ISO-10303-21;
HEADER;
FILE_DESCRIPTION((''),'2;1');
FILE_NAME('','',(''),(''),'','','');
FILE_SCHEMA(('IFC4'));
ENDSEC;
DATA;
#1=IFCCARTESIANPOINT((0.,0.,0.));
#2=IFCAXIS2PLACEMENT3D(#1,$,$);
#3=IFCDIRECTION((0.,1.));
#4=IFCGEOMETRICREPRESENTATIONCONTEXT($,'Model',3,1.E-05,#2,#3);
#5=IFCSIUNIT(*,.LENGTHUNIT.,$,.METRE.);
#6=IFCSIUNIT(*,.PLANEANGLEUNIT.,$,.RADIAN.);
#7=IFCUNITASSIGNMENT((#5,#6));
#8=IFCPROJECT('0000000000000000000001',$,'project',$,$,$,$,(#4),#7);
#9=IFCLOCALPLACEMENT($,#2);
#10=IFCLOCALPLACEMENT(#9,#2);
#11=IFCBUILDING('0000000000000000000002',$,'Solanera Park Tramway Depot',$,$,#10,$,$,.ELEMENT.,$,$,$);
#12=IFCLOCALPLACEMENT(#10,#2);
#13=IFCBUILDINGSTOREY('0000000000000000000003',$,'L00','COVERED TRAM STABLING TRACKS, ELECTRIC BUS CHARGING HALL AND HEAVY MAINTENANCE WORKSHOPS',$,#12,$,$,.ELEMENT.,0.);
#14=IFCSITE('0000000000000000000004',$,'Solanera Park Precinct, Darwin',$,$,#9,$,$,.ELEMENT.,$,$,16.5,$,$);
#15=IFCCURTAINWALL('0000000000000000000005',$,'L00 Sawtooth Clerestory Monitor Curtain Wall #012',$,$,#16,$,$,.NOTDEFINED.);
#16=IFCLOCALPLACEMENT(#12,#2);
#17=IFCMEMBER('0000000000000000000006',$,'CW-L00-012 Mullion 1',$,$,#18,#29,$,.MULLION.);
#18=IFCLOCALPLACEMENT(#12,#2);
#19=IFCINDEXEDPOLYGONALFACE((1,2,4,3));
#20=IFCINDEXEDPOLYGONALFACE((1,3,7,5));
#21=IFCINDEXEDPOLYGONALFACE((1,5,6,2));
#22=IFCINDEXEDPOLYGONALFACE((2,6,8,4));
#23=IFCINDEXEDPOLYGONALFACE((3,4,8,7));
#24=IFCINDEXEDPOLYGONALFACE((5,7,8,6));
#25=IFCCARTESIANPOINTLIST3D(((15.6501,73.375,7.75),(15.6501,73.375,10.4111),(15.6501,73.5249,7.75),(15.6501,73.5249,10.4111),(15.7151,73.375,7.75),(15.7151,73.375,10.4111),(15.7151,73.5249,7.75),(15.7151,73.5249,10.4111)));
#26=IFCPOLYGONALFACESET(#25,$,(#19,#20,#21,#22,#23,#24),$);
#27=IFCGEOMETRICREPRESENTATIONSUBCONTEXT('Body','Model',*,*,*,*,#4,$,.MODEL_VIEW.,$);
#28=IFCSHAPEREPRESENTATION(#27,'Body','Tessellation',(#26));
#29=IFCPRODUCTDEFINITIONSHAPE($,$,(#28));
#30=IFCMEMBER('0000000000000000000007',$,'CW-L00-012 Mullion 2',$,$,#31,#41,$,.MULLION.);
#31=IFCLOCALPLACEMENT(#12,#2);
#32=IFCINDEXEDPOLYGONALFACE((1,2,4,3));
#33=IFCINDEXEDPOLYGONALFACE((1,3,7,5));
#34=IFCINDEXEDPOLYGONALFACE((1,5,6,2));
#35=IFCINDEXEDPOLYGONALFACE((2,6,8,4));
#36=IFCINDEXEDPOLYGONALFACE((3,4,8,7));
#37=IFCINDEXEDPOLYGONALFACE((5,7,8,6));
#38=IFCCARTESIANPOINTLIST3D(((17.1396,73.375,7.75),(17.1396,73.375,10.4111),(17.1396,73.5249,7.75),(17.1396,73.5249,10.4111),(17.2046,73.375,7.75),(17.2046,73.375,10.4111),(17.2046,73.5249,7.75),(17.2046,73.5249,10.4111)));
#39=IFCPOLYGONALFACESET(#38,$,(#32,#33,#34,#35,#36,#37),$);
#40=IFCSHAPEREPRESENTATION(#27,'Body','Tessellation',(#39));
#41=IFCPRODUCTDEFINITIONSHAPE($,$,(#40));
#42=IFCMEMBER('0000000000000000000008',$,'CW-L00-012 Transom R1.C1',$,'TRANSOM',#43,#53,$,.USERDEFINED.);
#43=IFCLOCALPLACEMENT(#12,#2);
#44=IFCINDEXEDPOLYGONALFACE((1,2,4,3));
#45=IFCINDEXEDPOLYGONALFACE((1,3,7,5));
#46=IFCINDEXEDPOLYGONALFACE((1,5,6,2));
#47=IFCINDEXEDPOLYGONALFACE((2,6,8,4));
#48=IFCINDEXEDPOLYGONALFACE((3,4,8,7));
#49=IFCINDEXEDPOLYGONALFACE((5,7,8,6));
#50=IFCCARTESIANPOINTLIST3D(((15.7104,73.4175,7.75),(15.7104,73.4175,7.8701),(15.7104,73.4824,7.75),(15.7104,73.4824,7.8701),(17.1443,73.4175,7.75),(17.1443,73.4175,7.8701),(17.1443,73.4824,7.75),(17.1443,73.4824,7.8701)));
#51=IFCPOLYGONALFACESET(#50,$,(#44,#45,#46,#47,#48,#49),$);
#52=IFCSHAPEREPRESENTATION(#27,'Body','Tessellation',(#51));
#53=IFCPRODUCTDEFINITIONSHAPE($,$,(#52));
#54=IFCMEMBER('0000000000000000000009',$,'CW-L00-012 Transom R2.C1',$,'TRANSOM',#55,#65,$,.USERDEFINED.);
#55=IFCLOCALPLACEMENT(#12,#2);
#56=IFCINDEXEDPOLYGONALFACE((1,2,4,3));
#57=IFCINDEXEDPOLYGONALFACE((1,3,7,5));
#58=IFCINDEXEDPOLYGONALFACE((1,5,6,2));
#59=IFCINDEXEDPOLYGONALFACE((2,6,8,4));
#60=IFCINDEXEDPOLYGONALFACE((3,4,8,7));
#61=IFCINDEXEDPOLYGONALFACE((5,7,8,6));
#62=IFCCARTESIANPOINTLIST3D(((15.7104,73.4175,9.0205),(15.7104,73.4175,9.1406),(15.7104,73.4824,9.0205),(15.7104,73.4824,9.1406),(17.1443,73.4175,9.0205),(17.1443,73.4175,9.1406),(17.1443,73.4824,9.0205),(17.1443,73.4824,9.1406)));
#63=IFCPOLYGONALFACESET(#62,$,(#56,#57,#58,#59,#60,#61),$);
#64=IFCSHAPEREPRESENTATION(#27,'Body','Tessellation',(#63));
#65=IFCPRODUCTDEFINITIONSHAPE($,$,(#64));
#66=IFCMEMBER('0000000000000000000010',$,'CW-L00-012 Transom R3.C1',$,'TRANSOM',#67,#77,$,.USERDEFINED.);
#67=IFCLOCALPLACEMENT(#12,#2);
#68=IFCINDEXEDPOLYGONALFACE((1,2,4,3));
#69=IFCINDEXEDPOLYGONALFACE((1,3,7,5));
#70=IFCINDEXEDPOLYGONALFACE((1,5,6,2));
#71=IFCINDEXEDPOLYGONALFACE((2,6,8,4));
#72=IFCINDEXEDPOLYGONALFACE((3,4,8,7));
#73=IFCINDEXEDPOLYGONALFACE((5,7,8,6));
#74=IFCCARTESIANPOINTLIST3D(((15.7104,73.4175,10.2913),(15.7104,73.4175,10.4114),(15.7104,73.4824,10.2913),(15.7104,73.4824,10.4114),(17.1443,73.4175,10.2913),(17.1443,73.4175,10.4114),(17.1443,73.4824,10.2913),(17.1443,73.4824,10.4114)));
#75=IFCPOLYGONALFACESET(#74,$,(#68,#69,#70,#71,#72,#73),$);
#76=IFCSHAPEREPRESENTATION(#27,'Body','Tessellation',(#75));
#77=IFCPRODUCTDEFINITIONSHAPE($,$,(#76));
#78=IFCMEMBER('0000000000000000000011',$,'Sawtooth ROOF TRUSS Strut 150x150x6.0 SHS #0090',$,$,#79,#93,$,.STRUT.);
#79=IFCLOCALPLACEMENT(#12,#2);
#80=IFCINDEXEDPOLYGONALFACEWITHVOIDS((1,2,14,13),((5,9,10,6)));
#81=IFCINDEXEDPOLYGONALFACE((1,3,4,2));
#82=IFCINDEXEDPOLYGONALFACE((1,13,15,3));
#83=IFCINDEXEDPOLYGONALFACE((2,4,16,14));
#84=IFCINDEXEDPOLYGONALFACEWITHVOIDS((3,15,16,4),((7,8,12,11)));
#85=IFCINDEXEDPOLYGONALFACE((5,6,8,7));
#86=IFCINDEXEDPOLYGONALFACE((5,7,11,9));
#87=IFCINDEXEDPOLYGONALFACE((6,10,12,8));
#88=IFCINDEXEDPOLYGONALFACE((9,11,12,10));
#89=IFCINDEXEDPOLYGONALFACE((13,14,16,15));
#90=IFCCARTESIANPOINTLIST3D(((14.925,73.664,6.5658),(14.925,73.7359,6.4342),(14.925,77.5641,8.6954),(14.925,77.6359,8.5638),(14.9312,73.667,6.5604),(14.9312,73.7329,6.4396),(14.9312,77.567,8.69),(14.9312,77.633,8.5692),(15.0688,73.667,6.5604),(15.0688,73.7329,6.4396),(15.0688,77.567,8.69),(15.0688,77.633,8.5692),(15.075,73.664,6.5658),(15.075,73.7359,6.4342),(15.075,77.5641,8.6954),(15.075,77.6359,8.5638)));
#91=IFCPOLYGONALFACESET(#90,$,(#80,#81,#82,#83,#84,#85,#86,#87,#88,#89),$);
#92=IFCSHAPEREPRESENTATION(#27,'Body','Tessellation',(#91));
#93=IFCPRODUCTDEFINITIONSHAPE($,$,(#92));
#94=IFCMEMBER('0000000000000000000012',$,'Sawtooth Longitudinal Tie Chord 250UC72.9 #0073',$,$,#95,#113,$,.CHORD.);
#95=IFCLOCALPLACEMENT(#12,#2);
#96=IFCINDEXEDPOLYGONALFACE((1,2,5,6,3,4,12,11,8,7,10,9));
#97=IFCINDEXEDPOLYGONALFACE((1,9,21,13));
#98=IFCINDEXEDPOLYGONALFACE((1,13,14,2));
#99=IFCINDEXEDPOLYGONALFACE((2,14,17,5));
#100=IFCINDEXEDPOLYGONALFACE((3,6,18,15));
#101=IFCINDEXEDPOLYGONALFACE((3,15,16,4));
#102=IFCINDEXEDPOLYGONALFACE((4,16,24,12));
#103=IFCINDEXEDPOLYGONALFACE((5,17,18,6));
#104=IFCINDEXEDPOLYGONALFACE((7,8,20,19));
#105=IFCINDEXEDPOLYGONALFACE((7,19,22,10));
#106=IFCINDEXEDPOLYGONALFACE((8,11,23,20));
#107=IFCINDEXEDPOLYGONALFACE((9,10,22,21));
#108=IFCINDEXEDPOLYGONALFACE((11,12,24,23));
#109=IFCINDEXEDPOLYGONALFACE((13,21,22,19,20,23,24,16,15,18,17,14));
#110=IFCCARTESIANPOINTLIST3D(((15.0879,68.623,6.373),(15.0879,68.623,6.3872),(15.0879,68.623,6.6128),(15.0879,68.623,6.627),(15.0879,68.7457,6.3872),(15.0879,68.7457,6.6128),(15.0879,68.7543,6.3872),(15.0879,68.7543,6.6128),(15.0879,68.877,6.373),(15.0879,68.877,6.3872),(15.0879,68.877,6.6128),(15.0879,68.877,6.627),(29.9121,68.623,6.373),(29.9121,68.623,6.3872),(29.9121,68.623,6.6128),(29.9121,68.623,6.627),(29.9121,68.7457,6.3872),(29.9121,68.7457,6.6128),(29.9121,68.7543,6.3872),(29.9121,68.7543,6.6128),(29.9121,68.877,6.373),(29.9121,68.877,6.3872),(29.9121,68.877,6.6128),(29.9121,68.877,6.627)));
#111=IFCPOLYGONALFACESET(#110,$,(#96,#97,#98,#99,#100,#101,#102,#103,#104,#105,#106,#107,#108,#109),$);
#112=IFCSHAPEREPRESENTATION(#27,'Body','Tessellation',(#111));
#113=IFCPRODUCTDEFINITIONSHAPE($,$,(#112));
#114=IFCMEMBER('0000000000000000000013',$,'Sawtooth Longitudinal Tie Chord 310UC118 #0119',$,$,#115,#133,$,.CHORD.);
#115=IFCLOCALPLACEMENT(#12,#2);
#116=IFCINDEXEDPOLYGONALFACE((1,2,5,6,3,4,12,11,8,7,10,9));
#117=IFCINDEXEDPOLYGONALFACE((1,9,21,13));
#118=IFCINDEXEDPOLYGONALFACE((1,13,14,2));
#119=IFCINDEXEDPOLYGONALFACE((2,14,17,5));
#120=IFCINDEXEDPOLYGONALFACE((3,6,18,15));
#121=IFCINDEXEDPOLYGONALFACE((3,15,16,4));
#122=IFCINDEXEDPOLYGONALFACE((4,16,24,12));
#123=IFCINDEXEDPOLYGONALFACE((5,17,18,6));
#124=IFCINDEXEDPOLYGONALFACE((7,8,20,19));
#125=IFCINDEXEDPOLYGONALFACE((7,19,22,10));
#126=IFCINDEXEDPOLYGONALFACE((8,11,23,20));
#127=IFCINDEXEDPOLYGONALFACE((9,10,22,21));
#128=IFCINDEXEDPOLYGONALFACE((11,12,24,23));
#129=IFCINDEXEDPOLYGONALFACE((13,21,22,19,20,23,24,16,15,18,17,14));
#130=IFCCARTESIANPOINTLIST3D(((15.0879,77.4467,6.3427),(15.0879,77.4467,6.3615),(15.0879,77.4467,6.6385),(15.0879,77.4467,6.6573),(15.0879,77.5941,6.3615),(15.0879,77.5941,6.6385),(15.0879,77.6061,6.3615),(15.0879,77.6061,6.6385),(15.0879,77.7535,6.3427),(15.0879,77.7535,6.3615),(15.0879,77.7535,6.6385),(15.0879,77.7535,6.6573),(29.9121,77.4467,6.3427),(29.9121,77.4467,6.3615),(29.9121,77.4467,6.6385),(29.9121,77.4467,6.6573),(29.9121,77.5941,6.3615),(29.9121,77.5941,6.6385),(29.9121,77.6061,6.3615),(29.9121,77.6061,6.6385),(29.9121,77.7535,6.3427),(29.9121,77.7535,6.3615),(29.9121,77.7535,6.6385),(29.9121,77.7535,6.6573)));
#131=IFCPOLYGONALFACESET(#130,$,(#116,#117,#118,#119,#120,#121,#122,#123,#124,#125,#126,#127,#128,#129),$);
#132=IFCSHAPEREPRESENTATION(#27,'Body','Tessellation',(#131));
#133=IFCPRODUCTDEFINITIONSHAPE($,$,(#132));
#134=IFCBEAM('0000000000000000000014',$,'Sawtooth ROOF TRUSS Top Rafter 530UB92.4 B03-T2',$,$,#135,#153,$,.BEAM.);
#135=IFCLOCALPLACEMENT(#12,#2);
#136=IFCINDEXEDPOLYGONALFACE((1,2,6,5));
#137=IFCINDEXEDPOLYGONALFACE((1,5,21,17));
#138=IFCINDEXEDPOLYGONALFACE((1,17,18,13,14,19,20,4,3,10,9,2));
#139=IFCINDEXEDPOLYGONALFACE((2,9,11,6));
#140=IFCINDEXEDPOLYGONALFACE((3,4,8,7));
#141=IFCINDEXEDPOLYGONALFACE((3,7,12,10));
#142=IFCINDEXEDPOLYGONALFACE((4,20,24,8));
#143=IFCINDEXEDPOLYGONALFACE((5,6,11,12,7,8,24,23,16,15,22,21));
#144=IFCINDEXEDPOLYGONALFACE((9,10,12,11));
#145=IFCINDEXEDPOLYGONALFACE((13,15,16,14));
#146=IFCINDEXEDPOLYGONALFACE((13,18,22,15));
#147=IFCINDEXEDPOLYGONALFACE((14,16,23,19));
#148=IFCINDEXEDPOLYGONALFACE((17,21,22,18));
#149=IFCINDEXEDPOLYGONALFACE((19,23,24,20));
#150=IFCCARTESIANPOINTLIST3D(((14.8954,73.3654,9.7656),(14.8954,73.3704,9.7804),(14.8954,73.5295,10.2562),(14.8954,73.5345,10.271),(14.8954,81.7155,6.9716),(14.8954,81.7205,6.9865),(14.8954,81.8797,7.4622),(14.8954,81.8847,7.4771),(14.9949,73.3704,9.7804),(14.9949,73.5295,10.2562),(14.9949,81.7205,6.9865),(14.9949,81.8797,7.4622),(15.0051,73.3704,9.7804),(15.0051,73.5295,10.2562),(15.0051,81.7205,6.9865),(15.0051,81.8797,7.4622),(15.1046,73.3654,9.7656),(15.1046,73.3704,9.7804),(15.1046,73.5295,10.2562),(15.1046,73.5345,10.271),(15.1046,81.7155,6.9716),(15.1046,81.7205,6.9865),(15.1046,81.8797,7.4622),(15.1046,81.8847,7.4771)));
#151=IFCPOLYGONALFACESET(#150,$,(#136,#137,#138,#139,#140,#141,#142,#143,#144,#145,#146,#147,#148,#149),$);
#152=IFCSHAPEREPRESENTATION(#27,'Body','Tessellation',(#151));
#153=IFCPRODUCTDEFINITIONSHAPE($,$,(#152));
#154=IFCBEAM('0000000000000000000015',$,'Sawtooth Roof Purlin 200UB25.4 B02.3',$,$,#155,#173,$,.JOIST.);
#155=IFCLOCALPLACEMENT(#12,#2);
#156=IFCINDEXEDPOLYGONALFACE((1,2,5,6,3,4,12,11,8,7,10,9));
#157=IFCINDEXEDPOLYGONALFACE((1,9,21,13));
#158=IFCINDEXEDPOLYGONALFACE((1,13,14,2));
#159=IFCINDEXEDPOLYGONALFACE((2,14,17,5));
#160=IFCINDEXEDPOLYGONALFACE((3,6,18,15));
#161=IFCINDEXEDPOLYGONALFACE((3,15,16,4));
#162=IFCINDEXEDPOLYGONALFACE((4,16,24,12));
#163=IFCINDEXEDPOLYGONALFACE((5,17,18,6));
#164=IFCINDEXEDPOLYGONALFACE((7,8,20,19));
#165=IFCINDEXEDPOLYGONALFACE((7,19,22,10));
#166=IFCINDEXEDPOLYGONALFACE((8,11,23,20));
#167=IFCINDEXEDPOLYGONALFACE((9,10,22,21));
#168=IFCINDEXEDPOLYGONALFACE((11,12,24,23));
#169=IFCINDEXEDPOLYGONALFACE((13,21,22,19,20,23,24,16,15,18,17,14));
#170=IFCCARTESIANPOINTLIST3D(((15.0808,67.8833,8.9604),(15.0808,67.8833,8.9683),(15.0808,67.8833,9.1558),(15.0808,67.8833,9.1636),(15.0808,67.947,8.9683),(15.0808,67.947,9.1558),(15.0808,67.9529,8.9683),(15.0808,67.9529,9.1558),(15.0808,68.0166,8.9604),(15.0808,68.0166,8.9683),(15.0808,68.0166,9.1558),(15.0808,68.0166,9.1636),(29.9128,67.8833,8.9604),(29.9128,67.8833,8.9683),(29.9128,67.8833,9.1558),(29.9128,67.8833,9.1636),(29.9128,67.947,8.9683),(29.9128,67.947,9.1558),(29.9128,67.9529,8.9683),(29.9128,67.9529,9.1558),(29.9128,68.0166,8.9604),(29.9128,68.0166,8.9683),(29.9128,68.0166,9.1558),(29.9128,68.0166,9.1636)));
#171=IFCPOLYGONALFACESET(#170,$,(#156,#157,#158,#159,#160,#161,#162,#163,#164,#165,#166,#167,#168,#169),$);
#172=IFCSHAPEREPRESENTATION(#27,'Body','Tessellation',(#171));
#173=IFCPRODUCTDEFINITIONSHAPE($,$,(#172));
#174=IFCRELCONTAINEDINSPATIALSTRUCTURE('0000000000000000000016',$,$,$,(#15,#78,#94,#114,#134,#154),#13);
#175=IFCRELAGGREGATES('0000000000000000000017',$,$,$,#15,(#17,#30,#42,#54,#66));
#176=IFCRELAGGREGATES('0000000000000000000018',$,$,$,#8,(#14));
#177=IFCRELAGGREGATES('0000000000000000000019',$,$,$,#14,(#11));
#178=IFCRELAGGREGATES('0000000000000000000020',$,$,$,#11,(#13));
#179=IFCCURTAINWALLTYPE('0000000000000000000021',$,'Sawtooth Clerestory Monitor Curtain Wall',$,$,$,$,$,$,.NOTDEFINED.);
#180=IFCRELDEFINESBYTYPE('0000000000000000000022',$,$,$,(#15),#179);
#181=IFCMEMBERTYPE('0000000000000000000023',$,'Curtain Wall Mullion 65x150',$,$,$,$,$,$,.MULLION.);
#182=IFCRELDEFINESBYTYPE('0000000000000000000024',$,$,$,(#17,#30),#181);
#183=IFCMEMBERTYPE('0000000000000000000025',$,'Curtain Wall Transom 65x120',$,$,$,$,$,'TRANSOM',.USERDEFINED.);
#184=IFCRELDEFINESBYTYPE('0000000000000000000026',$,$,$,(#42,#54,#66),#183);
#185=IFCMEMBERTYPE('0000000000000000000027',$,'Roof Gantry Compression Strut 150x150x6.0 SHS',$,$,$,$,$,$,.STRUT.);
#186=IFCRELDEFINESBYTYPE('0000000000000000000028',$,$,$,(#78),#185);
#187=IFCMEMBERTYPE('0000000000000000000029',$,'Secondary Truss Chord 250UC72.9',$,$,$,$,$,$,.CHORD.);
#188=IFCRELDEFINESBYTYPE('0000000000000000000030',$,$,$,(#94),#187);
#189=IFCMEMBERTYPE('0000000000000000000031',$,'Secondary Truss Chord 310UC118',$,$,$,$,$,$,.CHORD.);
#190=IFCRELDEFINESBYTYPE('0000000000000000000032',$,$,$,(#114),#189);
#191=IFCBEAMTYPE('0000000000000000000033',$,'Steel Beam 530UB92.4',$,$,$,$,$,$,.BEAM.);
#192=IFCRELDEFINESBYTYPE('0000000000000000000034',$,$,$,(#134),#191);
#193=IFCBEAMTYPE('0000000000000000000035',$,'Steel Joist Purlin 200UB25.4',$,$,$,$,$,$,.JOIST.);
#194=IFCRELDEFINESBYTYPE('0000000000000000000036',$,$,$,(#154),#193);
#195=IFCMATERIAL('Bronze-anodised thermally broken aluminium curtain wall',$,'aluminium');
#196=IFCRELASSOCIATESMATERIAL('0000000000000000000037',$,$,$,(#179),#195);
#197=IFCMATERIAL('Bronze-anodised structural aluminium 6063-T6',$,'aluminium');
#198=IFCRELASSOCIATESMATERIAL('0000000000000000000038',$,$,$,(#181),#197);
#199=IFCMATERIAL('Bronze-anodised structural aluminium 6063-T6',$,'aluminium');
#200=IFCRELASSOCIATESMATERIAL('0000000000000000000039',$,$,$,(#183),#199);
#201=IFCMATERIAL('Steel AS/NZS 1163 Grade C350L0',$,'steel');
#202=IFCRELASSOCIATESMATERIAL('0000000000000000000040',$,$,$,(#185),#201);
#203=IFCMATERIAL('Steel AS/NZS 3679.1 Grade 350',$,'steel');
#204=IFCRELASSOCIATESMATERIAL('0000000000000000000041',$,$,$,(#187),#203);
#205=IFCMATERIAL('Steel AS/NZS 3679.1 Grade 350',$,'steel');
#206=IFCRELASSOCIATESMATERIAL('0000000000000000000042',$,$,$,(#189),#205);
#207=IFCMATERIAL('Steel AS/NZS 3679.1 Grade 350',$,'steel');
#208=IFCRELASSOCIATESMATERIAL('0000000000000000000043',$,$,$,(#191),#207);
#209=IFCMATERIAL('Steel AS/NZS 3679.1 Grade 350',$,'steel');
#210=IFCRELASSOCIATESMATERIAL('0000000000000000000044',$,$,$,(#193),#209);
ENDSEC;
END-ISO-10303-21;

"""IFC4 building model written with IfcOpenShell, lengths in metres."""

from ifc_helpers import new_model, si_unit, direction, frame, origin, origin_2d, place, context, subcontext, project, spatial, rectangle, hollow_rectangle, i_section, extrude, material, material_profile, profile_set, type_object, element, aggregate, save


model = new_model("IFC4")

# Units and contexts
model_context = context("Model", 3, precision=1e-05, world=origin(), true_north=direction((0.0, 1.0)))
body_context = subcontext(model_context, "Body", "Model", "MODEL_VIEW")
ifc_project = project(units=[si_unit("LENGTHUNIT", "METRE"), si_unit("PLANEANGLEUNIT", "RADIAN")], contexts=[model_context])

# Site, building, storey
site_placement = place(None, origin())
site = spatial("IfcSite", under=ifc_project, at=site_placement, Name="Solanera Park Precinct, Darwin", CompositionType="ELEMENT", RefElevation=16.5)
building_placement = place(site_placement, origin())
building = spatial("IfcBuilding", under=site, at=building_placement, Name="Solanera Park Tramway Depot", CompositionType="ELEMENT")
storey_placement = place(building_placement, origin())
storey = spatial("IfcBuildingStorey", under=building, at=storey_placement, Name="L00", Description="COVERED TRAM STABLING TRACKS, ELECTRIC BUS CHARGING HALL AND HEAVY MAINTENANCE WORKSHOPS", CompositionType="ELEMENT", Elevation=0.0)

# Curtain wall, members
ifc_material_1 = material(Name="Bronze-anodised thermally broken aluminium curtain wall", Category="aluminium")
curtain_wall_type = type_object("IfcCurtainWallType", Name="Sawtooth Clerestory Monitor Curtain Wall", PredefinedType="NOTDEFINED", material=ifc_material_1)
curtain_wall_placement = place(storey_placement, origin())
curtain_wall = element("IfcCurtainWall", 1, at=curtain_wall_placement, inside=storey, type_object=curtain_wall_type, Name="L00 Sawtooth Clerestory Monitor Curtain Wall #012", PredefinedType="NOTDEFINED")
ifc_material_2 = material(Name="Bronze-anodised structural aluminium 6063-T6", Category="aluminium")
ifc_material_profile_1 = material_profile(ifc_material_2, rectangle(XDim=0.0649, YDim=0.1499, at=origin_2d()), Name="Curtain Wall Mullion 65x150")
ifc_profile_set_1 = profile_set([ifc_material_profile_1], Name="Bronze-anodised structural aluminium 6063-T6")
member_type_1 = type_object("IfcMemberType", Name="Curtain Wall Mullion 65x150", PredefinedType="MULLION", material=ifc_profile_set_1)
member_1_placement = place(storey_placement, frame((15.6826, 73.45, 7.75), z_axis=(0.0, 0.0, 1.0), x_axis=(1.0, 0.0, 0.0)))
member_1 = element("IfcMember", 2, at=member_1_placement, type_object=member_type_1, Name="CW-L00-012 Mullion 1", PredefinedType="MULLION", context=body_context, shape_type="SweptSolid", body=[
    extrude(rectangle(XDim=0.0649, YDim=0.1499, at=origin_2d()), origin(), (0.0, 0.0, 1.0), 2.6611),
])
member_2_placement = place(storey_placement, frame((17.1721, 73.45, 7.75), z_axis=(0.0, 0.0, 1.0), x_axis=(1.0, 0.0, 0.0)))
member_2 = element("IfcMember", 3, at=member_2_placement, type_object=member_type_1, Name="CW-L00-012 Mullion 2", PredefinedType="MULLION", context=body_context, shape_type="SweptSolid", body=[
    extrude(rectangle(XDim=0.0649, YDim=0.1499, at=origin_2d()), origin(), (0.0, 0.0, 1.0), 2.6611),
])
ifc_material_3 = material(Name="Bronze-anodised structural aluminium 6063-T6", Category="aluminium")
ifc_material_profile_2 = material_profile(ifc_material_3, rectangle(XDim=0.0649, YDim=0.1201, at=origin_2d()), Name="Curtain Wall Transom 65x120")
ifc_profile_set_2 = profile_set([ifc_material_profile_2], Name="Bronze-anodised structural aluminium 6063-T6")
member_type_2 = type_object("IfcMemberType", Name="Curtain Wall Transom 65x120", ElementType="TRANSOM", PredefinedType="USERDEFINED", material=ifc_profile_set_2)
member_3_placement = place(storey_placement, frame((15.7104, 73.45, 7.8101), z_axis=(1.0, 0.0, 0.0), x_axis=(0.0, 1.0, 0.0)))
member_3 = element("IfcMember", 4, at=member_3_placement, type_object=member_type_2, Name="CW-L00-012 Transom R1.C1", ObjectType="TRANSOM", PredefinedType="USERDEFINED", context=body_context, shape_type="SweptSolid", body=[
    extrude(rectangle(XDim=0.0649, YDim=0.1201, at=origin_2d()), origin(), (0.0, 0.0, 1.0), 1.4338),
])
member_4_placement = place(storey_placement, frame((15.7104, 73.45, 9.0806), z_axis=(1.0, 0.0, 0.0), x_axis=(0.0, 1.0, 0.0)))
member_4 = element("IfcMember", 5, at=member_4_placement, type_object=member_type_2, Name="CW-L00-012 Transom R2.C1", ObjectType="TRANSOM", PredefinedType="USERDEFINED", context=body_context, shape_type="SweptSolid", body=[
    extrude(rectangle(XDim=0.0649, YDim=0.1201, at=origin_2d()), origin(), (0.0, 0.0, 1.0), 1.4338),
])
member_5_placement = place(storey_placement, frame((15.7104, 73.45, 10.3513), z_axis=(1.0, 0.0, 0.0), x_axis=(0.0, 1.0, 0.0)))
member_5 = element("IfcMember", 6, at=member_5_placement, type_object=member_type_2, Name="CW-L00-012 Transom R3.C1", ObjectType="TRANSOM", PredefinedType="USERDEFINED", context=body_context, shape_type="SweptSolid", body=[
    extrude(rectangle(XDim=0.0649, YDim=0.1201, at=origin_2d()), origin(), (0.0, 0.0, 1.0), 1.4338),
])

# Members
ifc_material_4 = material(Name="Steel AS/NZS 1163 Grade C350L0", Category="steel")
ifc_material_profile_3 = material_profile(ifc_material_4, hollow_rectangle(XDim=0.1499, YDim=0.1499, WallThickness=0.0061, at=origin_2d()), Name="150x150x6.0 SHS")
ifc_profile_set_3 = profile_set([ifc_material_profile_3], Name="Steel AS/NZS 1163 Grade C350L0")
member_type_3 = type_object("IfcMemberType", Name="Roof Gantry Compression Strut 150x150x6.0 SHS", PredefinedType="STRUT", material=ifc_profile_set_3)
member_6_placement = place(storey_placement, frame((15.0, 73.7, 6.5), z_axis=(0.0, 0.877679, 0.479249), x_axis=(-1.0, 0.0, 0.0)))
element("IfcMember", 7, at=member_6_placement, inside=storey, type_object=member_type_3, Name="Sawtooth ROOF TRUSS Strut 150x150x6.0 SHS #0090", PredefinedType="STRUT", context=body_context, shape_type="SweptSolid", body=[
    extrude(hollow_rectangle(XDim=0.1499, YDim=0.1499, WallThickness=0.0061, at=origin_2d()), origin(), (0.0, 0.0, 1.0), 4.4436),
])
ifc_material_5 = material(Name="Steel AS/NZS 3679.1 Grade 350", Category="steel")
ifc_material_profile_4 = material_profile(ifc_material_5, i_section(OverallWidth=0.2539, OverallDepth=0.2539, WebThickness=0.0085, FlangeThickness=0.0142, at=origin_2d()), Name="250UC72.9")
ifc_profile_set_4 = profile_set([ifc_material_profile_4], Name="Steel AS/NZS 3679.1 Grade 350")
member_type_4 = type_object("IfcMemberType", Name="Secondary Truss Chord 250UC72.9", PredefinedType="CHORD", material=ifc_profile_set_4)
member_7_placement = place(storey_placement, frame((15.0879, 68.75, 6.5), z_axis=(1.0, 0.0, 0.0), x_axis=(0.0, 1.0, 0.0)))
element("IfcMember", 8, at=member_7_placement, inside=storey, type_object=member_type_4, Name="Sawtooth Longitudinal Tie Chord 250UC72.9 #0073", PredefinedType="CHORD", context=body_context, shape_type="SweptSolid", body=[
    extrude(i_section(OverallWidth=0.2539, OverallDepth=0.2539, WebThickness=0.0085, FlangeThickness=0.0142, at=origin_2d()), origin(), (0.0, 0.0, 1.0), 14.8242),
])
ifc_material_6 = material(Name="Steel AS/NZS 3679.1 Grade 350", Category="steel")
ifc_material_profile_5 = material_profile(ifc_material_6, i_section(OverallWidth=0.3069, OverallDepth=0.3147, WebThickness=0.012, FlangeThickness=0.0188, at=origin_2d()), Name="310UC118")
ifc_profile_set_5 = profile_set([ifc_material_profile_5], Name="Steel AS/NZS 3679.1 Grade 350")
member_type_5 = type_object("IfcMemberType", Name="Secondary Truss Chord 310UC118", PredefinedType="CHORD", material=ifc_profile_set_5)
member_8_placement = place(storey_placement, frame((15.0879, 77.6001, 6.5), z_axis=(1.0, 0.0, 0.0), x_axis=(0.0, 1.0, 0.0)))
element("IfcMember", 9, at=member_8_placement, inside=storey, type_object=member_type_5, Name="Sawtooth Longitudinal Tie Chord 310UC118 #0119", PredefinedType="CHORD", context=body_context, shape_type="SweptSolid", body=[
    extrude(i_section(OverallWidth=0.3069, OverallDepth=0.3147, WebThickness=0.012, FlangeThickness=0.0188, at=origin_2d()), origin(), (0.0, 0.0, 1.0), 14.8242),
])

# Beams
ifc_material_7 = material(Name="Steel AS/NZS 3679.1 Grade 350", Category="steel")
ifc_material_profile_6 = material_profile(ifc_material_7, i_section(OverallWidth=0.2092, OverallDepth=0.533, WebThickness=0.0103, FlangeThickness=0.0156, at=origin_2d()), Name="530UB92.4")
ifc_profile_set_6 = profile_set([ifc_material_profile_6], Name="Steel AS/NZS 3679.1 Grade 350")
beam_type_1 = type_object("IfcBeamType", Name="Steel Beam 530UB92.4", PredefinedType="BEAM", material=ifc_profile_set_6)
beam_1_placement = place(storey_placement, frame((15.0, 73.45, 10.0183), z_axis=(0.0, 0.948322, -0.317309), x_axis=(-1.0, 0.0, 0.0)))
element("IfcBeam", 10, at=beam_1_placement, inside=storey, type_object=beam_type_1, Name="Sawtooth ROOF TRUSS Top Rafter 530UB92.4 B03-T2", PredefinedType="BEAM", context=body_context, shape_type="SweptSolid", body=[
    extrude(i_section(OverallWidth=0.2092, OverallDepth=0.533, WebThickness=0.0103, FlangeThickness=0.0156, at=origin_2d()), origin(), (0.0, 0.0, 1.0), 8.8052),
])
ifc_material_8 = material(Name="Steel AS/NZS 3679.1 Grade 350", Category="steel")
ifc_material_profile_7 = material_profile(ifc_material_8, i_section(OverallWidth=0.1333, OverallDepth=0.2031, WebThickness=0.0059, FlangeThickness=0.0078, at=origin_2d()), Name="200UB25.4")
ifc_profile_set_7 = profile_set([ifc_material_profile_7], Name="Steel AS/NZS 3679.1 Grade 350")
beam_type_2 = type_object("IfcBeamType", Name="Steel Joist Purlin 200UB25.4", PredefinedType="JOIST", material=ifc_profile_set_7)
beam_2_placement = place(storey_placement, frame((15.0808, 67.95, 9.062), z_axis=(1.0, 0.0, 0.0), x_axis=(0.0, 1.0, 0.0)))
element("IfcBeam", 11, at=beam_2_placement, inside=storey, type_object=beam_type_2, Name="Sawtooth Roof Purlin 200UB25.4 B02.3", PredefinedType="JOIST", context=body_context, shape_type="SweptSolid", body=[
    extrude(i_section(OverallWidth=0.1333, OverallDepth=0.2031, WebThickness=0.0059, FlangeThickness=0.0078, at=origin_2d()), origin(), (0.0, 0.0, 1.0), 14.832),
])

aggregate(curtain_wall, [member_1, member_2, member_3, member_4, member_5])

save(model, "model.ifc")
